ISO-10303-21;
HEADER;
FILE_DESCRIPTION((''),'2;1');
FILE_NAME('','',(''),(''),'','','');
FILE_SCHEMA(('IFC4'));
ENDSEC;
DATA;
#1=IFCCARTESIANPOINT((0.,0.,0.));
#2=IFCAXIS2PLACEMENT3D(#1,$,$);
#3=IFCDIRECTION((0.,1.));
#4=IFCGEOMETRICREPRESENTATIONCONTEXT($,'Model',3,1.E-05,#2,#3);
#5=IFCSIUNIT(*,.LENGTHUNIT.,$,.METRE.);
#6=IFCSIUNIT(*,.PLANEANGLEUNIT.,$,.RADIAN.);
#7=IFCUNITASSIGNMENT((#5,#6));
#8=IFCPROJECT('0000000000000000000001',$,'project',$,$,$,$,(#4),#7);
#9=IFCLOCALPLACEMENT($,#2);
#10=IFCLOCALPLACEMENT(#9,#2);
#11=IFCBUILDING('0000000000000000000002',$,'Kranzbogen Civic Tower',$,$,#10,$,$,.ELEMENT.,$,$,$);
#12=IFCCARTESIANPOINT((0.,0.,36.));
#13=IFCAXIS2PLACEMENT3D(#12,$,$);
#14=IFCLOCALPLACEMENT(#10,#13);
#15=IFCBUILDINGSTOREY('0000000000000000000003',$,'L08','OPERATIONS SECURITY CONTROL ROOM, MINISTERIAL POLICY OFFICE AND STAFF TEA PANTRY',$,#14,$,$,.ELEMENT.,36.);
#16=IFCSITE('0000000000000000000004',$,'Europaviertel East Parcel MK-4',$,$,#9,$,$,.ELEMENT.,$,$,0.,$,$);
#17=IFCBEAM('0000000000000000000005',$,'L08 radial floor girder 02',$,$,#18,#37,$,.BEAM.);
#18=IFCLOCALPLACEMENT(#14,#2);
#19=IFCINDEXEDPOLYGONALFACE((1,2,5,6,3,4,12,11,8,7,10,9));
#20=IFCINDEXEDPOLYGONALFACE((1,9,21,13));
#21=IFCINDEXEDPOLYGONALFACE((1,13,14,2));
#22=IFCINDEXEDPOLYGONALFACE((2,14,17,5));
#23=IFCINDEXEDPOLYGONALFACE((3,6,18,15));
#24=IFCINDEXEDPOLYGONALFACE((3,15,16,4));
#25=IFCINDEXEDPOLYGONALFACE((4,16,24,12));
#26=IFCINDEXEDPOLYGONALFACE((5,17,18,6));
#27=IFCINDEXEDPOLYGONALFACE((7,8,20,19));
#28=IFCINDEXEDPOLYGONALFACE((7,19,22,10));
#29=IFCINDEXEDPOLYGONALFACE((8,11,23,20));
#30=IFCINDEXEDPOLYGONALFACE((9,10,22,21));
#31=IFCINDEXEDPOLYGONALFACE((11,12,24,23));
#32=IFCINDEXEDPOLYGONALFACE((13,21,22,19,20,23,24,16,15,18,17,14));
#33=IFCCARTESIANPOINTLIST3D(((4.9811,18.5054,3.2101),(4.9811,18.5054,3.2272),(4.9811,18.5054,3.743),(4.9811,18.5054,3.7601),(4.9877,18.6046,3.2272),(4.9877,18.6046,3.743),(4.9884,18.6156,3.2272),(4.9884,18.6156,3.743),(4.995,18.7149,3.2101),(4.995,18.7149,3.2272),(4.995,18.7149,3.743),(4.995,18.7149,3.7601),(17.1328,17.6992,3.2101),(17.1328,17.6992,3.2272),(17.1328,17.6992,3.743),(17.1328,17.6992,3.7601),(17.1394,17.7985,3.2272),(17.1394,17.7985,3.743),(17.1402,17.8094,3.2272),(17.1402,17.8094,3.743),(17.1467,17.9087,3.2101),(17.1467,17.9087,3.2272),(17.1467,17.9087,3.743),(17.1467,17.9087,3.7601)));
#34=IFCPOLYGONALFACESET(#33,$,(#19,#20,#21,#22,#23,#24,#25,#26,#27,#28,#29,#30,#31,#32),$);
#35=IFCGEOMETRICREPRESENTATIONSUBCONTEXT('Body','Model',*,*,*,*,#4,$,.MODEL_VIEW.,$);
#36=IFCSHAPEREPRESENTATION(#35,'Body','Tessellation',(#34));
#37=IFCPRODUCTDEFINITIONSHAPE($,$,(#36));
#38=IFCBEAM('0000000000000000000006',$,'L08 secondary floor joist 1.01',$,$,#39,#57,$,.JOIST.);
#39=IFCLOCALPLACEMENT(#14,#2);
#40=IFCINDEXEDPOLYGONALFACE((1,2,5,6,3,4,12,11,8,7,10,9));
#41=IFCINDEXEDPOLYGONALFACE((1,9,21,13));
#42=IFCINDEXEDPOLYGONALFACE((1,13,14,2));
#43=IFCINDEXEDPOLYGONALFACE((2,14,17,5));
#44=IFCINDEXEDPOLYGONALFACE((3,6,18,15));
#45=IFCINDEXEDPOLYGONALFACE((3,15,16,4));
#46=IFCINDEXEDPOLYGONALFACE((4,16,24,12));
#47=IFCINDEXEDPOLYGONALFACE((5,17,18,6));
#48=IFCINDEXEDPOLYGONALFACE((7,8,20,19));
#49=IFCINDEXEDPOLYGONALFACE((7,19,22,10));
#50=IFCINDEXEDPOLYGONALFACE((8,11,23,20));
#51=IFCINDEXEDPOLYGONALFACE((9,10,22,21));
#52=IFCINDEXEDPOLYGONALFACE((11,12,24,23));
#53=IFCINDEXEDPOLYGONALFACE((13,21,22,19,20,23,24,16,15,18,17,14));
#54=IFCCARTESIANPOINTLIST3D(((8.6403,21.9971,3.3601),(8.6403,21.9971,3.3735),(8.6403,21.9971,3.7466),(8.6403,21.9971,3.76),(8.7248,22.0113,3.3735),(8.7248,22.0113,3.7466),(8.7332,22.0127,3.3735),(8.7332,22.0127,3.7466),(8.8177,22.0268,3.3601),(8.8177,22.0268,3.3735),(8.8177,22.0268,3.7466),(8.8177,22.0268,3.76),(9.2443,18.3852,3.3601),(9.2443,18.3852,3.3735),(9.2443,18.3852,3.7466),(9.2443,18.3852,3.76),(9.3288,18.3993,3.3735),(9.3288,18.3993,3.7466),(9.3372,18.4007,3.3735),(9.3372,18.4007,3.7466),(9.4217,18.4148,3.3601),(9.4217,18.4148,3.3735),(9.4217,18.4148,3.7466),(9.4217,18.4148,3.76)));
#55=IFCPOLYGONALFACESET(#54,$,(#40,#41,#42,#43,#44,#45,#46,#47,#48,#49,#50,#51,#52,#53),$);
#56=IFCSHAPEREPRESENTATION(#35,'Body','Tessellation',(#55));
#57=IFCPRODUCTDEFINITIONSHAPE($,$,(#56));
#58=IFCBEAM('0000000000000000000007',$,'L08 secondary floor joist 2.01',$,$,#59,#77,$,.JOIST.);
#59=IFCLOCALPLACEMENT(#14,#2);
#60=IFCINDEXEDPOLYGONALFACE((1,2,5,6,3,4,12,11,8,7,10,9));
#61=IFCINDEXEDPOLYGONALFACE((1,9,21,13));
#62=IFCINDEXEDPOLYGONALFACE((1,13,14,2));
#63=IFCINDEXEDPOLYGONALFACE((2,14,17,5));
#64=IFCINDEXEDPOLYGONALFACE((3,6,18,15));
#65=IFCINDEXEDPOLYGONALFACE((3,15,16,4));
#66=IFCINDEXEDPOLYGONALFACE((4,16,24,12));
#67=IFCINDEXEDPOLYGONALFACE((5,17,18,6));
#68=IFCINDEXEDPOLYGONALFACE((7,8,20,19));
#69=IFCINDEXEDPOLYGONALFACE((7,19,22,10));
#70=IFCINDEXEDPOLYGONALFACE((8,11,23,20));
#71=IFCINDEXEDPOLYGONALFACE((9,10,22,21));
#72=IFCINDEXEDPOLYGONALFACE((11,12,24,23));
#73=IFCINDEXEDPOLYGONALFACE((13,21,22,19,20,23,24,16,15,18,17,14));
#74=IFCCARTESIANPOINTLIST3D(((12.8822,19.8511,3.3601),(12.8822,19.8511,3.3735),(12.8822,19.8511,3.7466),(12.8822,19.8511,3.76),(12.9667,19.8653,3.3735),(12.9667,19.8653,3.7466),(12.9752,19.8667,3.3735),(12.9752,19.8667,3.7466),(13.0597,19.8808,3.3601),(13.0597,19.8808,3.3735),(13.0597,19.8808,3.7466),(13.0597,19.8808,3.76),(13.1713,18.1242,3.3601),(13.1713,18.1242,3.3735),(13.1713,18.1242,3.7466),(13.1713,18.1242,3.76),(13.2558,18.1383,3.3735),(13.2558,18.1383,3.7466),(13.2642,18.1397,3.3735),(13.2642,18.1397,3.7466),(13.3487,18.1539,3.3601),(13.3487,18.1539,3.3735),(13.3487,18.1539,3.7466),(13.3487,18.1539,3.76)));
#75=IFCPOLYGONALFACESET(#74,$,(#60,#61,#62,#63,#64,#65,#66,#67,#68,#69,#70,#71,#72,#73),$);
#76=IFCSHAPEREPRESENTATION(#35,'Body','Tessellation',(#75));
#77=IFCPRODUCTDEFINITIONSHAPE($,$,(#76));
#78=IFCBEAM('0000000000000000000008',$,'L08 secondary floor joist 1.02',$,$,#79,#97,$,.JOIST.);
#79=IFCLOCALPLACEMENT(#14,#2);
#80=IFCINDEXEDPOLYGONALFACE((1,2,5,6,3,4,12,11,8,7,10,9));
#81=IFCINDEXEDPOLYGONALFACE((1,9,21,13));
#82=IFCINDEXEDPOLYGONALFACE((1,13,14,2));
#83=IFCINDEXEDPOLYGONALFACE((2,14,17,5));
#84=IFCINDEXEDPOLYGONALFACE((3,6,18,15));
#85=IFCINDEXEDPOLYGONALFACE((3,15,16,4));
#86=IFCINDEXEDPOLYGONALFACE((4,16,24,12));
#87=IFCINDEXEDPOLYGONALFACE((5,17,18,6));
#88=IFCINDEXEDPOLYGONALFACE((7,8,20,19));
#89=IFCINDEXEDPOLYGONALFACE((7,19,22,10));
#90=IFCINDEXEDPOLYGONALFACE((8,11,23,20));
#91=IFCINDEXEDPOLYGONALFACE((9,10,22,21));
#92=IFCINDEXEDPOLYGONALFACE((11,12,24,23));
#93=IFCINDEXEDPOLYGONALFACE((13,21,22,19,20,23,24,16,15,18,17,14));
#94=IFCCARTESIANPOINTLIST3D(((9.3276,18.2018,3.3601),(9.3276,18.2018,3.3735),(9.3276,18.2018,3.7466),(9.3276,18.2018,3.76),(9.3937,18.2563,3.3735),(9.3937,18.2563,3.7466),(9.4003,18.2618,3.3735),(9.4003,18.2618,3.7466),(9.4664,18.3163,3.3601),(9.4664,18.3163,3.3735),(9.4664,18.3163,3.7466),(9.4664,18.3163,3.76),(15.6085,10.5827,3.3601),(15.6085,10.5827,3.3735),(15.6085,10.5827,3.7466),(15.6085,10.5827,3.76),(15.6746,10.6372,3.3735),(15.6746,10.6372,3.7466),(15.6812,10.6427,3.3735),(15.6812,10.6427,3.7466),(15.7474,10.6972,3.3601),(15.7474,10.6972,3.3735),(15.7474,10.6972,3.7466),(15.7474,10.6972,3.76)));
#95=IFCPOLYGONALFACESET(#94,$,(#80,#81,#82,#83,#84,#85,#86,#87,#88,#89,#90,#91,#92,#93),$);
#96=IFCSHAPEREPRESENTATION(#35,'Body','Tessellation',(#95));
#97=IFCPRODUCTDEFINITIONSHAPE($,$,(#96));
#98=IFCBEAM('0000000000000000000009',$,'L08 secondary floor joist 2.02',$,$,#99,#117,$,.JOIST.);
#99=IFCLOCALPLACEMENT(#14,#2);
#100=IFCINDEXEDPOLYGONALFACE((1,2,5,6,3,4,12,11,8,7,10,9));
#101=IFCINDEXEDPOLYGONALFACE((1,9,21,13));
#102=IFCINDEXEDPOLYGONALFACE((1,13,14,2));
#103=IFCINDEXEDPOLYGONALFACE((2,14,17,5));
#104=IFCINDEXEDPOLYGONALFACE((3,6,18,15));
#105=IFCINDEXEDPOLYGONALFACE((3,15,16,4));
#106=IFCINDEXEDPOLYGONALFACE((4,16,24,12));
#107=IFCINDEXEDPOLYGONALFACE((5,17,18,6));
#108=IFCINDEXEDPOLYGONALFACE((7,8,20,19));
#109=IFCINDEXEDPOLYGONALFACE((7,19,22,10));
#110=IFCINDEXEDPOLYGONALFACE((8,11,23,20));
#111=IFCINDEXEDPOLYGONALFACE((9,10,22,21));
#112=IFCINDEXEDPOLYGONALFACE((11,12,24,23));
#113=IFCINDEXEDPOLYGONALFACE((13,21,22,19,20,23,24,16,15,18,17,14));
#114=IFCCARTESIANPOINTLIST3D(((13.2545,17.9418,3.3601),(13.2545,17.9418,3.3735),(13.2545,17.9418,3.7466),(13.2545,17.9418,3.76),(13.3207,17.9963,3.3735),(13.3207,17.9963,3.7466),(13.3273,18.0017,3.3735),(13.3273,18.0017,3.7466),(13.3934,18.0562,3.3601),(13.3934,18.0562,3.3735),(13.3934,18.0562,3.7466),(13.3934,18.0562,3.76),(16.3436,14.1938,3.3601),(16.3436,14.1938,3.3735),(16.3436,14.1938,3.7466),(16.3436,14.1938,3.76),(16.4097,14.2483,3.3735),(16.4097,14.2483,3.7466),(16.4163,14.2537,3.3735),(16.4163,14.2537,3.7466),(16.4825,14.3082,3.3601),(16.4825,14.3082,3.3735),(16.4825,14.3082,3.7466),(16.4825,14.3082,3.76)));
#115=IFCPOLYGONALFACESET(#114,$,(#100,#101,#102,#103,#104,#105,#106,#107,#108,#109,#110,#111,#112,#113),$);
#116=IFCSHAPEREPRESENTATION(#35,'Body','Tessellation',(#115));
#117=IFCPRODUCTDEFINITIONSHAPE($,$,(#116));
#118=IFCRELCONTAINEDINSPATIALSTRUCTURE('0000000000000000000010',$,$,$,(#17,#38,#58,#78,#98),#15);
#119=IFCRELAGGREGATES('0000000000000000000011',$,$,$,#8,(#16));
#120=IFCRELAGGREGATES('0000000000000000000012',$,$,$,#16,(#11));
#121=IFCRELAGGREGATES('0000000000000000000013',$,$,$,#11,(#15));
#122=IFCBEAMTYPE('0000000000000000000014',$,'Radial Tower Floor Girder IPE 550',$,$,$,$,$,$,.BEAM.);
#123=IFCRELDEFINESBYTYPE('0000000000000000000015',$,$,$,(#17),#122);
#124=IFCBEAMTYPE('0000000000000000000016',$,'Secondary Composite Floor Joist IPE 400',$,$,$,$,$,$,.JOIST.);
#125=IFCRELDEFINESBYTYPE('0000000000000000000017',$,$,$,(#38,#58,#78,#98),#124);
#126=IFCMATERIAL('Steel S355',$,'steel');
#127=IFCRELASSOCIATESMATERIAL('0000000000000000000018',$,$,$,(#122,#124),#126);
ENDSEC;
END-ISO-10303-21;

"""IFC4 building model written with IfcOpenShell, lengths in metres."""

from ifc_helpers import new_model, si_unit, direction, frame, origin, origin_2d, place, context, subcontext, project, spatial, i_section, extrude, material, material_profile, profile_set, type_object, element, save


model = new_model("IFC4")

# Units and contexts
model_context = context("Model", 3, precision=1e-05, world=origin(), true_north=direction((0.0, 1.0)))
body_context = subcontext(model_context, "Body", "Model", "MODEL_VIEW")
ifc_project = project(units=[si_unit("LENGTHUNIT", "METRE"), si_unit("PLANEANGLEUNIT", "RADIAN")], contexts=[model_context])

# Site, building, storey
site_placement = place(None, origin())
site = spatial("IfcSite", under=ifc_project, at=site_placement, Name="Europaviertel East Parcel MK-4", CompositionType="ELEMENT", RefElevation=0.0)
building_placement = place(site_placement, origin())
building = spatial("IfcBuilding", under=site, at=building_placement, Name="Kranzbogen Civic Tower", CompositionType="ELEMENT")
storey_placement = place(building_placement, frame((0.0, 0.0, 36.0)))
storey = spatial("IfcBuildingStorey", under=building, at=storey_placement, Name="L08", Description="OPERATIONS SECURITY CONTROL ROOM, MINISTERIAL POLICY OFFICE AND STAFF TEA PANTRY", CompositionType="ELEMENT", Elevation=36.0)

# Beams
ifc_material_1 = material(Name="Steel S355", Category="steel")
ifc_material_profile_1 = material_profile(ifc_material_1, i_section(OverallWidth=0.21, OverallDepth=0.55, WebThickness=0.011, FlangeThickness=0.0171, at=origin_2d()), Name="IPE 550")
ifc_profile_set_1 = profile_set([ifc_material_profile_1], Name="Steel S355")
beam_type_1 = type_object("IfcBeamType", Name="Radial Tower Floor Girder IPE 550", PredefinedType="BEAM", material=ifc_profile_set_1)
beam_1_placement = place(storey_placement, frame((4.988, 18.6101, 3.4851), z_axis=(0.997807, -0.066194, 0.0), x_axis=(0.066194, 0.997807, 0.0)))
element("IfcBeam", 1, at=beam_1_placement, inside=storey, type_object=beam_type_1, Name="L08 radial floor girder 02", PredefinedType="BEAM", context=body_context, shape_type="SweptSolid", body=[
    extrude(i_section(OverallWidth=0.21, OverallDepth=0.55, WebThickness=0.011, FlangeThickness=0.0171, at=origin_2d()), origin(), (0.0, 0.0, 1.0), 12.1785),
])
ifc_material_profile_2 = material_profile(ifc_material_1, i_section(OverallWidth=0.1799, OverallDepth=0.3999, WebThickness=0.0085, FlangeThickness=0.0134, at=origin_2d()), Name="IPE 400")
ifc_profile_set_2 = profile_set([ifc_material_profile_2], Name="Steel S355")
beam_type_2 = type_object("IfcBeamType", Name="Secondary Composite Floor Joist IPE 400", PredefinedType="JOIST", material=ifc_profile_set_2)
beam_2_placement = place(storey_placement, frame((8.729, 22.012, 3.5601), z_axis=(0.164929, -0.986305, 0.0), x_axis=(0.986305, 0.164929, 0.0)))
element("IfcBeam", 2, at=beam_2_placement, inside=storey, type_object=beam_type_2, Name="L08 secondary floor joist 1.01", PredefinedType="JOIST", context=body_context, shape_type="SweptSolid", body=[
    extrude(i_section(OverallWidth=0.1799, OverallDepth=0.3999, WebThickness=0.0085, FlangeThickness=0.0134, at=origin_2d()), origin(), (0.0, 0.0, 1.0), 3.6621),
])
beam_3_placement = place(storey_placement, frame((12.9709, 19.866, 3.5601), z_axis=(0.165077, -0.986281, 0.0), x_axis=(0.986281, 0.165077, 0.0)))
element("IfcBeam", 3, at=beam_3_placement, inside=storey, type_object=beam_type_2, Name="L08 secondary floor joist 2.01", PredefinedType="JOIST", context=body_context, shape_type="SweptSolid", body=[
    extrude(i_section(OverallWidth=0.1799, OverallDepth=0.3999, WebThickness=0.0085, FlangeThickness=0.0134, at=origin_2d()), origin(), (0.0, 0.0, 1.0), 1.751),
])
beam_4_placement = place(storey_placement, frame((9.397, 18.259, 3.5601), z_axis=(0.636095, -0.771611, 0.0), x_axis=(0.771611, 0.636095, 0.0)))
element("IfcBeam", 4, at=beam_4_placement, inside=storey, type_object=beam_type_2, Name="L08 secondary floor joist 1.02", PredefinedType="JOIST", context=body_context, shape_type="SweptSolid", body=[
    extrude(i_section(OverallWidth=0.1799, OverallDepth=0.3999, WebThickness=0.0085, FlangeThickness=0.0134, at=origin_2d()), origin(), (0.0, 0.0, 1.0), 9.8743),
])
beam_5_placement = place(storey_placement, frame((13.324, 17.999, 3.5601), z_axis=(0.636012, -0.771679, 0.0), x_axis=(0.771679, 0.636012, 0.0)))
element("IfcBeam", 5, at=beam_5_placement, inside=storey, type_object=beam_type_2, Name="L08 secondary floor joist 2.02", PredefinedType="JOIST", context=body_context, shape_type="SweptSolid", body=[
    extrude(i_section(OverallWidth=0.1799, OverallDepth=0.3999, WebThickness=0.0085, FlangeThickness=0.0134, at=origin_2d()), origin(), (0.0, 0.0, 1.0), 4.8569),
])

save(model, "model.ifc")
